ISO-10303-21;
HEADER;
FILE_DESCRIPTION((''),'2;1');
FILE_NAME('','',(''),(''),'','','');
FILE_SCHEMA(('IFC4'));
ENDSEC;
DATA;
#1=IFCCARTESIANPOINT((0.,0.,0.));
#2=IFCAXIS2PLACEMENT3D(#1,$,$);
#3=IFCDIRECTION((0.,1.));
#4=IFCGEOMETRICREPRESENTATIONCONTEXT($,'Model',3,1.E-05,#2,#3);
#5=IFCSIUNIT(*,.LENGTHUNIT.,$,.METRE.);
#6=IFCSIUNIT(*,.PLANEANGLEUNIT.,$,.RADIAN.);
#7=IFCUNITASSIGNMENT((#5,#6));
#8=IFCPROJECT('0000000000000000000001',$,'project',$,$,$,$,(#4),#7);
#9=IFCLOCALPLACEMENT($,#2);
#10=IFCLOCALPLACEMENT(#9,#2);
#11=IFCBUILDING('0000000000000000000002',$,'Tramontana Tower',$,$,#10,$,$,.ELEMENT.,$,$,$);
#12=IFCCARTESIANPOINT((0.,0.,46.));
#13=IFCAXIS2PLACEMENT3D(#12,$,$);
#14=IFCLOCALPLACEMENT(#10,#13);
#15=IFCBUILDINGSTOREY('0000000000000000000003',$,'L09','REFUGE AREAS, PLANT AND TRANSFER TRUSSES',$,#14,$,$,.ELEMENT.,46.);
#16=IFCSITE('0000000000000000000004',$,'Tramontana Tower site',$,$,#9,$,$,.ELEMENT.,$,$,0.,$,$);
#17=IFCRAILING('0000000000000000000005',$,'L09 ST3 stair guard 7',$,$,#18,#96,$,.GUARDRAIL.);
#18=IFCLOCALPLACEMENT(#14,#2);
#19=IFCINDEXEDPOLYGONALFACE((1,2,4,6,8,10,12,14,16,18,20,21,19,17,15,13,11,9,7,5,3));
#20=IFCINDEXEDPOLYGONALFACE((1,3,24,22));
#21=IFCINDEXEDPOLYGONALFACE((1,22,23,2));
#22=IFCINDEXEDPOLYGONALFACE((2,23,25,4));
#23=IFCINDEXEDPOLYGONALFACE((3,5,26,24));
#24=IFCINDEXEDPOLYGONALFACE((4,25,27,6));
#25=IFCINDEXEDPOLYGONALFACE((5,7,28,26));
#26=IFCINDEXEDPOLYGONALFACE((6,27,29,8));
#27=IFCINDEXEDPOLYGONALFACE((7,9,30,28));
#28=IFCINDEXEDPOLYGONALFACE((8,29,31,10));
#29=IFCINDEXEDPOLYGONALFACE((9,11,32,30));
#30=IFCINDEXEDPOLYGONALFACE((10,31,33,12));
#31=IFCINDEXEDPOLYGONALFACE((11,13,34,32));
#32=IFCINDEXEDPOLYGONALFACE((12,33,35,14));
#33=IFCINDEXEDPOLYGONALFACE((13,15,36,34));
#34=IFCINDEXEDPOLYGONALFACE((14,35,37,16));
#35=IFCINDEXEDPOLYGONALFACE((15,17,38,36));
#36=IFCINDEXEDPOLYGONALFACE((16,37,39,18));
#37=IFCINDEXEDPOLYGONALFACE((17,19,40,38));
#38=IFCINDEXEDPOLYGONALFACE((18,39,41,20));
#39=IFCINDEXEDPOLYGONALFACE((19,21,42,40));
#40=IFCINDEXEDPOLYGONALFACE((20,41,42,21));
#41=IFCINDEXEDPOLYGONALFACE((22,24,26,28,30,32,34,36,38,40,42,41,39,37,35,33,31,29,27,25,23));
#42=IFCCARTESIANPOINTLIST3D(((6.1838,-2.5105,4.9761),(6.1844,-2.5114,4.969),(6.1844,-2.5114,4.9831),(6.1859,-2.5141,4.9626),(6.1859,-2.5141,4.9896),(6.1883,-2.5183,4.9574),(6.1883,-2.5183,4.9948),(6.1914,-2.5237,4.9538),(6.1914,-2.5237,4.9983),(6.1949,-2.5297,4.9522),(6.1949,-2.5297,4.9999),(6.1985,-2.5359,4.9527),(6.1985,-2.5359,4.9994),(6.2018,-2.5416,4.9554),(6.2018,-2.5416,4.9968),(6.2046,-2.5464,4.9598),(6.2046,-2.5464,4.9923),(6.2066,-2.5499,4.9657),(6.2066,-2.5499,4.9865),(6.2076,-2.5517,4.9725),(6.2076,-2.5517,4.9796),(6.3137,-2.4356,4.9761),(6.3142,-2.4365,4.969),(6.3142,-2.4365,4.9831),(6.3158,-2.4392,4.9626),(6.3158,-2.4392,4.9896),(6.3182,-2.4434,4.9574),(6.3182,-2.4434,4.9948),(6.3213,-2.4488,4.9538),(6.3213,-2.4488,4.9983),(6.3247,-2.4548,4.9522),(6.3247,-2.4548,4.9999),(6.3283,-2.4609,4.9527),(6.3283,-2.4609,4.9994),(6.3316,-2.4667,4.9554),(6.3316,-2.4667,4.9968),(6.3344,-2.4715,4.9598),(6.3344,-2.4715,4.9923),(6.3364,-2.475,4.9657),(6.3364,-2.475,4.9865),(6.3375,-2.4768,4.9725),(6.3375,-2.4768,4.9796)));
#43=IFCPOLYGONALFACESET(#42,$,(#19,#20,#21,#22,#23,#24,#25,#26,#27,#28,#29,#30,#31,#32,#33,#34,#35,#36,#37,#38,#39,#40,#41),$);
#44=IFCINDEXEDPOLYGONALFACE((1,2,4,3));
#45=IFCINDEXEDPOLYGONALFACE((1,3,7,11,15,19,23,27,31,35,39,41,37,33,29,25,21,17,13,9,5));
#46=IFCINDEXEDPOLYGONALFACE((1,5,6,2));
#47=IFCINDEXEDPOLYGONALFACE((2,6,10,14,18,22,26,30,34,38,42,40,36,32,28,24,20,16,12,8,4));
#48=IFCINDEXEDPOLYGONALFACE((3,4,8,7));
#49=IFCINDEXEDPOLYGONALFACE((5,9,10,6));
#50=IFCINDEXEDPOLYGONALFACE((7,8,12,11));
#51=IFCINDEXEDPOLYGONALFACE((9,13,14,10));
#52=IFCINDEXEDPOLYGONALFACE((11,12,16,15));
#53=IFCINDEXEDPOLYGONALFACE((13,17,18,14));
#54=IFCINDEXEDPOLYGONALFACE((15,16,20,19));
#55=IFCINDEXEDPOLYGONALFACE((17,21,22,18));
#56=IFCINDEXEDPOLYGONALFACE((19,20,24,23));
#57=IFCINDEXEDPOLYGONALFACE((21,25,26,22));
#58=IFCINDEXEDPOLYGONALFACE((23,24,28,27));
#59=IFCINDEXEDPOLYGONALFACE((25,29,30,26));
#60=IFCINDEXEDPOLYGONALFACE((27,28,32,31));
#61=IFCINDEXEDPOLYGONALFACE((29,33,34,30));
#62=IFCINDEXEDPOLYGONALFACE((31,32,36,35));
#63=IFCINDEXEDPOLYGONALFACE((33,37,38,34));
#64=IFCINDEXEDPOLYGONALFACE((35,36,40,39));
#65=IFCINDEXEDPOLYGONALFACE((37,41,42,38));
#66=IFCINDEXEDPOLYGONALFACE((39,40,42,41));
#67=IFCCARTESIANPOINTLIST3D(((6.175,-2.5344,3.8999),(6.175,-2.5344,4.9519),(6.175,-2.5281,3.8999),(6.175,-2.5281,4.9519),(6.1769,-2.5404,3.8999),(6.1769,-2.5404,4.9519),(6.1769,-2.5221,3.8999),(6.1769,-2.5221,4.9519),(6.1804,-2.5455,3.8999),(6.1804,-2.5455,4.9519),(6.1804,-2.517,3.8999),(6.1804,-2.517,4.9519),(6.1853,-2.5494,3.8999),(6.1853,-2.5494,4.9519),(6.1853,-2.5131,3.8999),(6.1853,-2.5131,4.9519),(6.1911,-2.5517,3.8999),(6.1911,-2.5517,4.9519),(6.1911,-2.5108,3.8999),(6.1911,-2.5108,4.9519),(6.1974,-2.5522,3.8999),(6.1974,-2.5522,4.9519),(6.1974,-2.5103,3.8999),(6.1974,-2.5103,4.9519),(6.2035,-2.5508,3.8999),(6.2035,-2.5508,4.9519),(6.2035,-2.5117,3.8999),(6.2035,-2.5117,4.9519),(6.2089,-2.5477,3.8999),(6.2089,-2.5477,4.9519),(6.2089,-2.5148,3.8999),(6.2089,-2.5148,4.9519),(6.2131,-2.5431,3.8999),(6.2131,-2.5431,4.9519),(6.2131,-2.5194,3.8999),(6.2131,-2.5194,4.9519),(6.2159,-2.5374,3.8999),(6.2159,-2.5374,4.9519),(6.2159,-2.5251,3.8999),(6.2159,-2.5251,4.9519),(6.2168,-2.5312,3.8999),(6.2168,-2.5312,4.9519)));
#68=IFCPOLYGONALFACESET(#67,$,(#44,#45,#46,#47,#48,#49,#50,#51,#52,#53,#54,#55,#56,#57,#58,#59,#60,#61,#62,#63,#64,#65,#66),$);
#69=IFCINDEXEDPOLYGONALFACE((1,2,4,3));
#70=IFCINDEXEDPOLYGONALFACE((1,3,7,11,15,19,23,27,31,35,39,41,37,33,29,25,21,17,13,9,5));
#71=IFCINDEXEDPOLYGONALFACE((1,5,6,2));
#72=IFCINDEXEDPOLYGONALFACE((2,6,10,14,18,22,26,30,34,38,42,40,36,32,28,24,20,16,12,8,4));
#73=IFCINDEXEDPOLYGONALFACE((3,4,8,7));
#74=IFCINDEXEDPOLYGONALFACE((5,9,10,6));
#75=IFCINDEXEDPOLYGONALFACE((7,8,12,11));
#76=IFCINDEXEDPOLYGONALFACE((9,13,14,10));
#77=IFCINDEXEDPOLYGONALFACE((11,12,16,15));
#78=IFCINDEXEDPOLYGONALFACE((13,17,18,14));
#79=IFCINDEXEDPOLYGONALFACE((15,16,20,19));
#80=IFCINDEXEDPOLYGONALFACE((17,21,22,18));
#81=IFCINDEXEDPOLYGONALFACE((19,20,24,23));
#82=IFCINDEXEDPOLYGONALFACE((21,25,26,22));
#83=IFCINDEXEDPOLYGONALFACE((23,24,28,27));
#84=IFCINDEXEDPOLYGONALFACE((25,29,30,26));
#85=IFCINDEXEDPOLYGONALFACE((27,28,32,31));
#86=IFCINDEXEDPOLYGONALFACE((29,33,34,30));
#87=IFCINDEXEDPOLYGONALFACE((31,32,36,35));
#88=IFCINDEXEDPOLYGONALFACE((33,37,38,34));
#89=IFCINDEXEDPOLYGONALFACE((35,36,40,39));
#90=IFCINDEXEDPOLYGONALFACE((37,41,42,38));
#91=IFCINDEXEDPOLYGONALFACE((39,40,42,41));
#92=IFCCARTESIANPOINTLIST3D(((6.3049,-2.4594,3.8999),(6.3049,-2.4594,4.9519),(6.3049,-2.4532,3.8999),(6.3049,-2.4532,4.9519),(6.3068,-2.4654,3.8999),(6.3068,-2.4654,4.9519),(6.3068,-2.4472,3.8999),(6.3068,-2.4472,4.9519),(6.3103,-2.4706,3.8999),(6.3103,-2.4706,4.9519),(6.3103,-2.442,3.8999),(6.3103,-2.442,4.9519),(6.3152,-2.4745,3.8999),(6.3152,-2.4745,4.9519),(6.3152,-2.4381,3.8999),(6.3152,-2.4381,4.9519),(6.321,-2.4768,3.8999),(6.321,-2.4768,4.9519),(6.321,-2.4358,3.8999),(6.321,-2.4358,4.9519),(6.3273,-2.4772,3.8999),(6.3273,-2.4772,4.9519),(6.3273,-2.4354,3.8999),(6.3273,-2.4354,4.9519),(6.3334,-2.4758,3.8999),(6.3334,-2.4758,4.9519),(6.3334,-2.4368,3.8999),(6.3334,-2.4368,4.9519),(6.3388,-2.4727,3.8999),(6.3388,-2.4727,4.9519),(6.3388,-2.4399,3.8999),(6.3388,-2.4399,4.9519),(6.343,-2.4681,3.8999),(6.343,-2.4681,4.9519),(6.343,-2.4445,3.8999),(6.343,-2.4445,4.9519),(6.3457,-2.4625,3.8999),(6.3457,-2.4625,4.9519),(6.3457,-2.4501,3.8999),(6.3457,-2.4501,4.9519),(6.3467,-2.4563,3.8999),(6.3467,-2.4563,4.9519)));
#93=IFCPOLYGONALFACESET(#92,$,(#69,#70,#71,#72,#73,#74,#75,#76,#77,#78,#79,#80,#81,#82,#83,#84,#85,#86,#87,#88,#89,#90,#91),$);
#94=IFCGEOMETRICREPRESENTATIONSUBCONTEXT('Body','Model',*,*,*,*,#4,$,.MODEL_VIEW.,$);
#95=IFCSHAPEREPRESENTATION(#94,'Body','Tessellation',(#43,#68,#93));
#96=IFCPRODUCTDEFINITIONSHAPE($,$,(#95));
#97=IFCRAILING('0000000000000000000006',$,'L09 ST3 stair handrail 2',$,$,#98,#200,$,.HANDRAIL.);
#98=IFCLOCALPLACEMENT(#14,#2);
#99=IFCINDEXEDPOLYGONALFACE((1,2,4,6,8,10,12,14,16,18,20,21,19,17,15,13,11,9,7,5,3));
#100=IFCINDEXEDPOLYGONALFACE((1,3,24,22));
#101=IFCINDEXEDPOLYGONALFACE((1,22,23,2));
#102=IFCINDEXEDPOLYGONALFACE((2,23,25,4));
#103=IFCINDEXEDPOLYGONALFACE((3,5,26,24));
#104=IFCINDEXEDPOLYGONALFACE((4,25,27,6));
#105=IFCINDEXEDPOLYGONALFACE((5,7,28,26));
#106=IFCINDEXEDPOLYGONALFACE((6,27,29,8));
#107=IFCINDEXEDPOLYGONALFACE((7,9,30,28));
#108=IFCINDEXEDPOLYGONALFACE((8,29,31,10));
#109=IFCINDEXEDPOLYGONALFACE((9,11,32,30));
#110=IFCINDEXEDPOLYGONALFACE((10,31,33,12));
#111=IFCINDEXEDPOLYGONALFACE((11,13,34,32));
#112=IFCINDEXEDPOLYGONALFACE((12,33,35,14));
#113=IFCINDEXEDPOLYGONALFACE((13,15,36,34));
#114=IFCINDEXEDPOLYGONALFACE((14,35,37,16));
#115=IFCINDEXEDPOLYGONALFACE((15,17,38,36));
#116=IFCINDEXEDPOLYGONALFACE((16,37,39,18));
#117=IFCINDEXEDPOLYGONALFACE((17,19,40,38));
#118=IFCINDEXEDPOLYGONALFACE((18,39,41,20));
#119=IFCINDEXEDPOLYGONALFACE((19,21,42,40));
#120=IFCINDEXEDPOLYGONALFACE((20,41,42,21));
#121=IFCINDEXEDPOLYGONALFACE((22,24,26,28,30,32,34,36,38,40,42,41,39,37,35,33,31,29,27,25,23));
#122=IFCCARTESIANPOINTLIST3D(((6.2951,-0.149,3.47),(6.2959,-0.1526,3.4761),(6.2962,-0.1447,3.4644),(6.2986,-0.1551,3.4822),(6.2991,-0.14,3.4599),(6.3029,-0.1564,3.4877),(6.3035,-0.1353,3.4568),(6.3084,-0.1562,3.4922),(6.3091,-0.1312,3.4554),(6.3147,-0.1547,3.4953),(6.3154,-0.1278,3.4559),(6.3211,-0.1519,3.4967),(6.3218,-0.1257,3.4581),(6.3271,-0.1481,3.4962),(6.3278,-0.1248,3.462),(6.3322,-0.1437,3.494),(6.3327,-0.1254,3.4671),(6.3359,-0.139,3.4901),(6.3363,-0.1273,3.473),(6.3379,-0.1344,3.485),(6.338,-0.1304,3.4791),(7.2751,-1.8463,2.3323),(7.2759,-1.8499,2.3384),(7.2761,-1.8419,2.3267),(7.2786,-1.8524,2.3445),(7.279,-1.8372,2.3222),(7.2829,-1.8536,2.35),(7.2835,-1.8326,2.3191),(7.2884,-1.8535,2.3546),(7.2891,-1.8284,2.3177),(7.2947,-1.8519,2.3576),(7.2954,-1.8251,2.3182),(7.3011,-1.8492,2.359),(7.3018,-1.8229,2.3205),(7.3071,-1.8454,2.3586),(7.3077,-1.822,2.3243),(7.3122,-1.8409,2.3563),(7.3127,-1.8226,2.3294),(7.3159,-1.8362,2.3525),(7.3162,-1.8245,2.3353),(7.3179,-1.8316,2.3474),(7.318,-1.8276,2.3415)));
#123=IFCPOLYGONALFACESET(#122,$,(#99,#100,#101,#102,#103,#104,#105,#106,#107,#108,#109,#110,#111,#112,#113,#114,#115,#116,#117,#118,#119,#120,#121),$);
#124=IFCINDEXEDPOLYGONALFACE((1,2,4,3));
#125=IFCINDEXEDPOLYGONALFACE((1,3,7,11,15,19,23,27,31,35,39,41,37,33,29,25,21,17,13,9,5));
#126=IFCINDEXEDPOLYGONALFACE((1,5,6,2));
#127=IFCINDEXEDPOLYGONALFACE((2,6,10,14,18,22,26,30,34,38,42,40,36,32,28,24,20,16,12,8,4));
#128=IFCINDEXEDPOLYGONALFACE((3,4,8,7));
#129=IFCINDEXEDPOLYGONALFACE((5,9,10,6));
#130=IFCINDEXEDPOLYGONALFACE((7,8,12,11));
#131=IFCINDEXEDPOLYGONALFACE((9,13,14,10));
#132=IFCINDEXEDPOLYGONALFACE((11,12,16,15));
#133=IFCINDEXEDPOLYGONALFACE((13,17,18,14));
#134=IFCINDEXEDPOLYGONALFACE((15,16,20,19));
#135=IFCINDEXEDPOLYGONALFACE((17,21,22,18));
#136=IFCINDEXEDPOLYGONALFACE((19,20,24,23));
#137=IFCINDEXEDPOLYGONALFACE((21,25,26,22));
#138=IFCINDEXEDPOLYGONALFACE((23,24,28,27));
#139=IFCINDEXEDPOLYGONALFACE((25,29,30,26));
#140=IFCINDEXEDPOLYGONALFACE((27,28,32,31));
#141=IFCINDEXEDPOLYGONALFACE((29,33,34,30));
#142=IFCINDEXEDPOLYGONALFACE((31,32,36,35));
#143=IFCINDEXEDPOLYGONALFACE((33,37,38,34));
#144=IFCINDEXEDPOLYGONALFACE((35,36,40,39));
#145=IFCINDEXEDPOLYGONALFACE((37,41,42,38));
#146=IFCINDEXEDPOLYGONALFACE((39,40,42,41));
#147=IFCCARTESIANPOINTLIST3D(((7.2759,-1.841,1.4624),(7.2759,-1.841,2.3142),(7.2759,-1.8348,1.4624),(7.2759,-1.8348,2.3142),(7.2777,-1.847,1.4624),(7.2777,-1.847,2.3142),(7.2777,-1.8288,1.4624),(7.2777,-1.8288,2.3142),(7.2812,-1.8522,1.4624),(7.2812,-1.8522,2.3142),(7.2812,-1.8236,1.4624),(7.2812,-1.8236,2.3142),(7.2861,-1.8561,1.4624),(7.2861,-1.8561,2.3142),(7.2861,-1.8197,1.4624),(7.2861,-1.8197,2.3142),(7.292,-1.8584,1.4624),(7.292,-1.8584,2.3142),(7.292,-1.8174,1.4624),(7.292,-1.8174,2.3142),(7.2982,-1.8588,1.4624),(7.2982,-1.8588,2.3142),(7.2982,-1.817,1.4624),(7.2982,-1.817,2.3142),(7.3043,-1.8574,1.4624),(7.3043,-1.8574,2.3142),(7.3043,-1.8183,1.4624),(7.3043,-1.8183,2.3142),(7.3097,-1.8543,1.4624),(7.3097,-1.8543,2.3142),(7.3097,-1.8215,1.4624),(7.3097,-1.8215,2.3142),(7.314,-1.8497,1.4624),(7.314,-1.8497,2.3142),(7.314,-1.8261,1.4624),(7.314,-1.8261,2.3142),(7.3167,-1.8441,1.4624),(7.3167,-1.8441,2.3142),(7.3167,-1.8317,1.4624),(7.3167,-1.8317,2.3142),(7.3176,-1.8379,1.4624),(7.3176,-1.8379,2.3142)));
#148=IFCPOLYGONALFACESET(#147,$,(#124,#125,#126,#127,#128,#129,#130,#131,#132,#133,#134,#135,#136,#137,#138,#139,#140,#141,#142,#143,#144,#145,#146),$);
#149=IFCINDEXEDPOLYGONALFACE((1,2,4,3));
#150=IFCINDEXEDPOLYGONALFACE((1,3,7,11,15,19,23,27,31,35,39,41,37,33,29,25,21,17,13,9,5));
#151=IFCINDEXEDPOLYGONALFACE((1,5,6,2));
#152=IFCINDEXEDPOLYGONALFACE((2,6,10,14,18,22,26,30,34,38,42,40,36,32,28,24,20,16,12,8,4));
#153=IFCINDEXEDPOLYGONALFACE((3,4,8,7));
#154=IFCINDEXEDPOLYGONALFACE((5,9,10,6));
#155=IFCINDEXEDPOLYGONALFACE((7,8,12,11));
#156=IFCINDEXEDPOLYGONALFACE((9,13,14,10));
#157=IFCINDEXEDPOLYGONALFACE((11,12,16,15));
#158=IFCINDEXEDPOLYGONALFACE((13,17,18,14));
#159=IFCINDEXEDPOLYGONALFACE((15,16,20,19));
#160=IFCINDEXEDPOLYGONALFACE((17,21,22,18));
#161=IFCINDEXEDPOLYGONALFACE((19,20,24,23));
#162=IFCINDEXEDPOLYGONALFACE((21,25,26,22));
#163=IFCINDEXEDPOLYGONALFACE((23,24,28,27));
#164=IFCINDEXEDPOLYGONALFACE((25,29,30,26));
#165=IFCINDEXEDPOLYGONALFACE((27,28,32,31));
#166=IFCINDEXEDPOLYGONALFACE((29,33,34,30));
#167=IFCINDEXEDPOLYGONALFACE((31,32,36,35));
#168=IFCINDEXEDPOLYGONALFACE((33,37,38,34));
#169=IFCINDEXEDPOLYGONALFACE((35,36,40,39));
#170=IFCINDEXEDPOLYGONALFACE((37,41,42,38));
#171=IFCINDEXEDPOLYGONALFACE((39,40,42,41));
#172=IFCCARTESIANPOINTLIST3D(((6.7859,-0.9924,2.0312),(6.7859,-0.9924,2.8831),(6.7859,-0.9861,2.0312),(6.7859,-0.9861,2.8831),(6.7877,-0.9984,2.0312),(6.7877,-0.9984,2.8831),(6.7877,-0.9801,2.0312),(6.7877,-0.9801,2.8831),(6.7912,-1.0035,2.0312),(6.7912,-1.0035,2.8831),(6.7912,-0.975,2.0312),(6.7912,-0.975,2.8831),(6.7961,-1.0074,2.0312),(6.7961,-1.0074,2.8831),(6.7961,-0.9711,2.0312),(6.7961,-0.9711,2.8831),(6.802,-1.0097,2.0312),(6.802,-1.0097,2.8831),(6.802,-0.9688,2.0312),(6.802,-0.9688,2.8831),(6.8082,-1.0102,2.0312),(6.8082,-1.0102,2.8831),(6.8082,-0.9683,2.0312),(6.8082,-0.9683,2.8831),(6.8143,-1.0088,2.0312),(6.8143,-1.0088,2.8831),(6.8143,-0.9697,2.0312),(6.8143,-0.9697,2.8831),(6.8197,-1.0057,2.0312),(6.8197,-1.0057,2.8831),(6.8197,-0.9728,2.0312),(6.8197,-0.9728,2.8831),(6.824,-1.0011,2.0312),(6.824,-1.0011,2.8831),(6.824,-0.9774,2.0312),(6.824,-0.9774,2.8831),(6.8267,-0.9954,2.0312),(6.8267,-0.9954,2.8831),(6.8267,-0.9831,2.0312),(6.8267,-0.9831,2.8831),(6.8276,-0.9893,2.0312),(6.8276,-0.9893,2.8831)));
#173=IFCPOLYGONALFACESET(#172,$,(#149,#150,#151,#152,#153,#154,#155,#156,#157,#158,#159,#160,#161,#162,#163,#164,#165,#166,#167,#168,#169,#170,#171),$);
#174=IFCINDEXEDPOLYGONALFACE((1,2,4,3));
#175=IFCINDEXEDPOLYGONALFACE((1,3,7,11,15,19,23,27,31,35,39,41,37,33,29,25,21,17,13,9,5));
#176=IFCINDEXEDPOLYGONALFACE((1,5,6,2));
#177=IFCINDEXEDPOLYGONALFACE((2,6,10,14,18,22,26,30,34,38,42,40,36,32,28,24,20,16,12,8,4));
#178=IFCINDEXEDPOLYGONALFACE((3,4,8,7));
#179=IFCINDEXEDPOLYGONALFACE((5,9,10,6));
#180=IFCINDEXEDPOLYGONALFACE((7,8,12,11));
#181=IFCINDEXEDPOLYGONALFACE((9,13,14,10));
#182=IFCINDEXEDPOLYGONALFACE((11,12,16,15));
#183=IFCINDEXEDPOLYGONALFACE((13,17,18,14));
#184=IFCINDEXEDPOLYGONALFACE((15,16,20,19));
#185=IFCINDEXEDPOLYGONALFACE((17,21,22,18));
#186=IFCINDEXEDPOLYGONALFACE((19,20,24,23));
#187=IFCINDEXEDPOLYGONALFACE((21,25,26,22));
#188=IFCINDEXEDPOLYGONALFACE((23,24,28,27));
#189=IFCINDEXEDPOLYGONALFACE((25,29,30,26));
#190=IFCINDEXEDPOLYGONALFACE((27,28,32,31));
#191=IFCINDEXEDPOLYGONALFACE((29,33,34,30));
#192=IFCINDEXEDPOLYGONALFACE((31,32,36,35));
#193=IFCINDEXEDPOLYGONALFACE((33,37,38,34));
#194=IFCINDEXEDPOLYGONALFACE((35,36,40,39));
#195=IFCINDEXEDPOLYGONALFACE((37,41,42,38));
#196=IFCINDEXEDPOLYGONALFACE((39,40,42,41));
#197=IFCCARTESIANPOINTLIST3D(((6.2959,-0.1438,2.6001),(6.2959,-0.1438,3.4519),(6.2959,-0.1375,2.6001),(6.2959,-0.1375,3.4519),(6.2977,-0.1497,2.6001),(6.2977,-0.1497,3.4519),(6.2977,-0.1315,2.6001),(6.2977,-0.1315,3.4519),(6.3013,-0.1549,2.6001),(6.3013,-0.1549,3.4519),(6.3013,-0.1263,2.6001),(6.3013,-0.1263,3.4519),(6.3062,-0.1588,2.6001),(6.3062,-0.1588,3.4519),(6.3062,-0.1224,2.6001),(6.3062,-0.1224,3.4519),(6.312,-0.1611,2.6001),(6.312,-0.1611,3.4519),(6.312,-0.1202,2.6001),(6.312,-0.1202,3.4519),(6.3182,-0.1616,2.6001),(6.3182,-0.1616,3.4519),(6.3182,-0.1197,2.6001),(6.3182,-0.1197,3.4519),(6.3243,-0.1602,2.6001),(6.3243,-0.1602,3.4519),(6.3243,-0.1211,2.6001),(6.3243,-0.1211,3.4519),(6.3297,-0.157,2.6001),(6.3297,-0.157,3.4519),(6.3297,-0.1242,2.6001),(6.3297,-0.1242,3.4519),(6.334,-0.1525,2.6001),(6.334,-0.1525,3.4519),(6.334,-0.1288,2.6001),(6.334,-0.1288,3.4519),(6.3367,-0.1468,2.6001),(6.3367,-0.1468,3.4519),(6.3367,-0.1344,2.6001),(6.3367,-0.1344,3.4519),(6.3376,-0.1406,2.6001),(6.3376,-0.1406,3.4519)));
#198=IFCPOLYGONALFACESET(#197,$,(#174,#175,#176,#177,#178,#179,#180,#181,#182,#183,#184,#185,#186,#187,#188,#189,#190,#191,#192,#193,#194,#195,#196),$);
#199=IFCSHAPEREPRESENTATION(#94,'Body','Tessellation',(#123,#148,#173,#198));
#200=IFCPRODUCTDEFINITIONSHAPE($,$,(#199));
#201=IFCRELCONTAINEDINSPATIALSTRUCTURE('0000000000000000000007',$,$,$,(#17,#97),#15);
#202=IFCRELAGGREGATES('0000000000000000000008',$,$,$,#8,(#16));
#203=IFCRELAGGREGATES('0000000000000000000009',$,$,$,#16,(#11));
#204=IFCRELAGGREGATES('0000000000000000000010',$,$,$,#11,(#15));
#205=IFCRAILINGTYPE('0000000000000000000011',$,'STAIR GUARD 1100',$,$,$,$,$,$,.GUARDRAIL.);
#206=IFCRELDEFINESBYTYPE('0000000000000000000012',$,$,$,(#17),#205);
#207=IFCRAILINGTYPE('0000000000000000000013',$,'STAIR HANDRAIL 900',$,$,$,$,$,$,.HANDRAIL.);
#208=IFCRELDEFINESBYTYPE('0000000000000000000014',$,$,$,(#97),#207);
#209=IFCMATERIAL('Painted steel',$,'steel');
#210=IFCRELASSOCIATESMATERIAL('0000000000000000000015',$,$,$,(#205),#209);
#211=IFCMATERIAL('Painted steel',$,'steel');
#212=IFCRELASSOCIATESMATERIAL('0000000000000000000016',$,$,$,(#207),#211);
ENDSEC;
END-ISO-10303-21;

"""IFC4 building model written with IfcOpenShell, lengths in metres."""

from ifc_helpers import new_model, si_unit, direction, frame, origin, origin_2d, place, context, subcontext, project, spatial, circle, extrude, material, type_object, element, save


model = new_model("IFC4")

# Units and contexts
model_context = context("Model", 3, precision=1e-05, world=origin(), true_north=direction((0.0, 1.0)))
body_context = subcontext(model_context, "Body", "Model", "MODEL_VIEW")
ifc_project = project(units=[si_unit("LENGTHUNIT", "METRE"), si_unit("PLANEANGLEUNIT", "RADIAN")], contexts=[model_context])

# Site, building, storey
site_placement = place(None, origin())
site = spatial("IfcSite", under=ifc_project, at=site_placement, Name="Tramontana Tower site", CompositionType="ELEMENT", RefElevation=0.0)
building_placement = place(site_placement, origin())
building = spatial("IfcBuilding", under=site, at=building_placement, Name="Tramontana Tower", CompositionType="ELEMENT")
storey_placement = place(building_placement, frame((0.0, 0.0, 46.0)))
storey = spatial("IfcBuildingStorey", under=building, at=storey_placement, Name="L09", Description="REFUGE AREAS, PLANT AND TRANSFER TRUSSES", CompositionType="ELEMENT", Elevation=46.0)

# Railings
ifc_material_1 = material(Name="Painted steel", Category="steel")
railing_type_1 = type_object("IfcRailingType", Name="STAIR GUARD 1100", PredefinedType="GUARDRAIL", material=ifc_material_1)
for number, where, name in (
    (1, (6.1958, -2.5312, 3.8999), "L09 ST3 stair guard 7"),
):
    element("IfcRailing", number, at=place(storey_placement, frame(where)), inside=storey, type_object=railing_type_1, Name=name, PredefinedType="GUARDRAIL", context=body_context, shape_type="SweptSolid", body=[
        extrude(circle(Radius=0.0239, at=origin_2d()), frame((0.0, 0.0, 1.0762), z_axis=(0.866131, 0.499816, 0.0), x_axis=(-0.499816, 0.866131, 0.0)), (0.0, 0.0, 1.0), 0.1499),
        extrude(circle(Radius=0.021, at=origin_2d()), origin(), (0.0, 0.0, 1.0), 1.052),
        extrude(circle(Radius=0.021, at=origin_2d()), frame((0.1299, 0.075, 0.0)), (0.0, 0.0, 1.0), 1.052),
    ])
ifc_material_2 = material(Name="Painted steel", Category="steel")
railing_type_2 = type_object("IfcRailingType", Name="STAIR HANDRAIL 900", PredefinedType="HANDRAIL", material=ifc_material_2)
railing_1_placement = place(storey_placement, frame((7.2966, -1.8379, 1.4624)))
element("IfcRailing", 2, at=railing_1_placement, inside=storey, type_object=railing_type_2, Name="L09 ST3 stair handrail 2", PredefinedType="HANDRAIL", context=body_context, shape_type="SweptSolid", body=[
    extrude(circle(Radius=0.0239, at=origin_2d()), frame((0.0, 0.0, 0.876), z_axis=(-0.432443, 0.748965, 0.502039), x_axis=(-0.866011, -0.500024, 0.0)), (0.0, 0.0, 1.0), 2.2661),
    extrude(circle(Radius=0.021, at=origin_2d()), origin(), (0.0, 0.0, 1.0), 0.8518),
    extrude(circle(Radius=0.021, at=origin_2d()), frame((-0.49, 0.8486, 0.5688)), (0.0, 0.0, 1.0), 0.8518),
    extrude(circle(Radius=0.021, at=origin_2d()), frame((-0.98, 1.6973, 1.1377)), (0.0, 0.0, 1.0), 0.8518),
])

save(model, "model.ifc")
